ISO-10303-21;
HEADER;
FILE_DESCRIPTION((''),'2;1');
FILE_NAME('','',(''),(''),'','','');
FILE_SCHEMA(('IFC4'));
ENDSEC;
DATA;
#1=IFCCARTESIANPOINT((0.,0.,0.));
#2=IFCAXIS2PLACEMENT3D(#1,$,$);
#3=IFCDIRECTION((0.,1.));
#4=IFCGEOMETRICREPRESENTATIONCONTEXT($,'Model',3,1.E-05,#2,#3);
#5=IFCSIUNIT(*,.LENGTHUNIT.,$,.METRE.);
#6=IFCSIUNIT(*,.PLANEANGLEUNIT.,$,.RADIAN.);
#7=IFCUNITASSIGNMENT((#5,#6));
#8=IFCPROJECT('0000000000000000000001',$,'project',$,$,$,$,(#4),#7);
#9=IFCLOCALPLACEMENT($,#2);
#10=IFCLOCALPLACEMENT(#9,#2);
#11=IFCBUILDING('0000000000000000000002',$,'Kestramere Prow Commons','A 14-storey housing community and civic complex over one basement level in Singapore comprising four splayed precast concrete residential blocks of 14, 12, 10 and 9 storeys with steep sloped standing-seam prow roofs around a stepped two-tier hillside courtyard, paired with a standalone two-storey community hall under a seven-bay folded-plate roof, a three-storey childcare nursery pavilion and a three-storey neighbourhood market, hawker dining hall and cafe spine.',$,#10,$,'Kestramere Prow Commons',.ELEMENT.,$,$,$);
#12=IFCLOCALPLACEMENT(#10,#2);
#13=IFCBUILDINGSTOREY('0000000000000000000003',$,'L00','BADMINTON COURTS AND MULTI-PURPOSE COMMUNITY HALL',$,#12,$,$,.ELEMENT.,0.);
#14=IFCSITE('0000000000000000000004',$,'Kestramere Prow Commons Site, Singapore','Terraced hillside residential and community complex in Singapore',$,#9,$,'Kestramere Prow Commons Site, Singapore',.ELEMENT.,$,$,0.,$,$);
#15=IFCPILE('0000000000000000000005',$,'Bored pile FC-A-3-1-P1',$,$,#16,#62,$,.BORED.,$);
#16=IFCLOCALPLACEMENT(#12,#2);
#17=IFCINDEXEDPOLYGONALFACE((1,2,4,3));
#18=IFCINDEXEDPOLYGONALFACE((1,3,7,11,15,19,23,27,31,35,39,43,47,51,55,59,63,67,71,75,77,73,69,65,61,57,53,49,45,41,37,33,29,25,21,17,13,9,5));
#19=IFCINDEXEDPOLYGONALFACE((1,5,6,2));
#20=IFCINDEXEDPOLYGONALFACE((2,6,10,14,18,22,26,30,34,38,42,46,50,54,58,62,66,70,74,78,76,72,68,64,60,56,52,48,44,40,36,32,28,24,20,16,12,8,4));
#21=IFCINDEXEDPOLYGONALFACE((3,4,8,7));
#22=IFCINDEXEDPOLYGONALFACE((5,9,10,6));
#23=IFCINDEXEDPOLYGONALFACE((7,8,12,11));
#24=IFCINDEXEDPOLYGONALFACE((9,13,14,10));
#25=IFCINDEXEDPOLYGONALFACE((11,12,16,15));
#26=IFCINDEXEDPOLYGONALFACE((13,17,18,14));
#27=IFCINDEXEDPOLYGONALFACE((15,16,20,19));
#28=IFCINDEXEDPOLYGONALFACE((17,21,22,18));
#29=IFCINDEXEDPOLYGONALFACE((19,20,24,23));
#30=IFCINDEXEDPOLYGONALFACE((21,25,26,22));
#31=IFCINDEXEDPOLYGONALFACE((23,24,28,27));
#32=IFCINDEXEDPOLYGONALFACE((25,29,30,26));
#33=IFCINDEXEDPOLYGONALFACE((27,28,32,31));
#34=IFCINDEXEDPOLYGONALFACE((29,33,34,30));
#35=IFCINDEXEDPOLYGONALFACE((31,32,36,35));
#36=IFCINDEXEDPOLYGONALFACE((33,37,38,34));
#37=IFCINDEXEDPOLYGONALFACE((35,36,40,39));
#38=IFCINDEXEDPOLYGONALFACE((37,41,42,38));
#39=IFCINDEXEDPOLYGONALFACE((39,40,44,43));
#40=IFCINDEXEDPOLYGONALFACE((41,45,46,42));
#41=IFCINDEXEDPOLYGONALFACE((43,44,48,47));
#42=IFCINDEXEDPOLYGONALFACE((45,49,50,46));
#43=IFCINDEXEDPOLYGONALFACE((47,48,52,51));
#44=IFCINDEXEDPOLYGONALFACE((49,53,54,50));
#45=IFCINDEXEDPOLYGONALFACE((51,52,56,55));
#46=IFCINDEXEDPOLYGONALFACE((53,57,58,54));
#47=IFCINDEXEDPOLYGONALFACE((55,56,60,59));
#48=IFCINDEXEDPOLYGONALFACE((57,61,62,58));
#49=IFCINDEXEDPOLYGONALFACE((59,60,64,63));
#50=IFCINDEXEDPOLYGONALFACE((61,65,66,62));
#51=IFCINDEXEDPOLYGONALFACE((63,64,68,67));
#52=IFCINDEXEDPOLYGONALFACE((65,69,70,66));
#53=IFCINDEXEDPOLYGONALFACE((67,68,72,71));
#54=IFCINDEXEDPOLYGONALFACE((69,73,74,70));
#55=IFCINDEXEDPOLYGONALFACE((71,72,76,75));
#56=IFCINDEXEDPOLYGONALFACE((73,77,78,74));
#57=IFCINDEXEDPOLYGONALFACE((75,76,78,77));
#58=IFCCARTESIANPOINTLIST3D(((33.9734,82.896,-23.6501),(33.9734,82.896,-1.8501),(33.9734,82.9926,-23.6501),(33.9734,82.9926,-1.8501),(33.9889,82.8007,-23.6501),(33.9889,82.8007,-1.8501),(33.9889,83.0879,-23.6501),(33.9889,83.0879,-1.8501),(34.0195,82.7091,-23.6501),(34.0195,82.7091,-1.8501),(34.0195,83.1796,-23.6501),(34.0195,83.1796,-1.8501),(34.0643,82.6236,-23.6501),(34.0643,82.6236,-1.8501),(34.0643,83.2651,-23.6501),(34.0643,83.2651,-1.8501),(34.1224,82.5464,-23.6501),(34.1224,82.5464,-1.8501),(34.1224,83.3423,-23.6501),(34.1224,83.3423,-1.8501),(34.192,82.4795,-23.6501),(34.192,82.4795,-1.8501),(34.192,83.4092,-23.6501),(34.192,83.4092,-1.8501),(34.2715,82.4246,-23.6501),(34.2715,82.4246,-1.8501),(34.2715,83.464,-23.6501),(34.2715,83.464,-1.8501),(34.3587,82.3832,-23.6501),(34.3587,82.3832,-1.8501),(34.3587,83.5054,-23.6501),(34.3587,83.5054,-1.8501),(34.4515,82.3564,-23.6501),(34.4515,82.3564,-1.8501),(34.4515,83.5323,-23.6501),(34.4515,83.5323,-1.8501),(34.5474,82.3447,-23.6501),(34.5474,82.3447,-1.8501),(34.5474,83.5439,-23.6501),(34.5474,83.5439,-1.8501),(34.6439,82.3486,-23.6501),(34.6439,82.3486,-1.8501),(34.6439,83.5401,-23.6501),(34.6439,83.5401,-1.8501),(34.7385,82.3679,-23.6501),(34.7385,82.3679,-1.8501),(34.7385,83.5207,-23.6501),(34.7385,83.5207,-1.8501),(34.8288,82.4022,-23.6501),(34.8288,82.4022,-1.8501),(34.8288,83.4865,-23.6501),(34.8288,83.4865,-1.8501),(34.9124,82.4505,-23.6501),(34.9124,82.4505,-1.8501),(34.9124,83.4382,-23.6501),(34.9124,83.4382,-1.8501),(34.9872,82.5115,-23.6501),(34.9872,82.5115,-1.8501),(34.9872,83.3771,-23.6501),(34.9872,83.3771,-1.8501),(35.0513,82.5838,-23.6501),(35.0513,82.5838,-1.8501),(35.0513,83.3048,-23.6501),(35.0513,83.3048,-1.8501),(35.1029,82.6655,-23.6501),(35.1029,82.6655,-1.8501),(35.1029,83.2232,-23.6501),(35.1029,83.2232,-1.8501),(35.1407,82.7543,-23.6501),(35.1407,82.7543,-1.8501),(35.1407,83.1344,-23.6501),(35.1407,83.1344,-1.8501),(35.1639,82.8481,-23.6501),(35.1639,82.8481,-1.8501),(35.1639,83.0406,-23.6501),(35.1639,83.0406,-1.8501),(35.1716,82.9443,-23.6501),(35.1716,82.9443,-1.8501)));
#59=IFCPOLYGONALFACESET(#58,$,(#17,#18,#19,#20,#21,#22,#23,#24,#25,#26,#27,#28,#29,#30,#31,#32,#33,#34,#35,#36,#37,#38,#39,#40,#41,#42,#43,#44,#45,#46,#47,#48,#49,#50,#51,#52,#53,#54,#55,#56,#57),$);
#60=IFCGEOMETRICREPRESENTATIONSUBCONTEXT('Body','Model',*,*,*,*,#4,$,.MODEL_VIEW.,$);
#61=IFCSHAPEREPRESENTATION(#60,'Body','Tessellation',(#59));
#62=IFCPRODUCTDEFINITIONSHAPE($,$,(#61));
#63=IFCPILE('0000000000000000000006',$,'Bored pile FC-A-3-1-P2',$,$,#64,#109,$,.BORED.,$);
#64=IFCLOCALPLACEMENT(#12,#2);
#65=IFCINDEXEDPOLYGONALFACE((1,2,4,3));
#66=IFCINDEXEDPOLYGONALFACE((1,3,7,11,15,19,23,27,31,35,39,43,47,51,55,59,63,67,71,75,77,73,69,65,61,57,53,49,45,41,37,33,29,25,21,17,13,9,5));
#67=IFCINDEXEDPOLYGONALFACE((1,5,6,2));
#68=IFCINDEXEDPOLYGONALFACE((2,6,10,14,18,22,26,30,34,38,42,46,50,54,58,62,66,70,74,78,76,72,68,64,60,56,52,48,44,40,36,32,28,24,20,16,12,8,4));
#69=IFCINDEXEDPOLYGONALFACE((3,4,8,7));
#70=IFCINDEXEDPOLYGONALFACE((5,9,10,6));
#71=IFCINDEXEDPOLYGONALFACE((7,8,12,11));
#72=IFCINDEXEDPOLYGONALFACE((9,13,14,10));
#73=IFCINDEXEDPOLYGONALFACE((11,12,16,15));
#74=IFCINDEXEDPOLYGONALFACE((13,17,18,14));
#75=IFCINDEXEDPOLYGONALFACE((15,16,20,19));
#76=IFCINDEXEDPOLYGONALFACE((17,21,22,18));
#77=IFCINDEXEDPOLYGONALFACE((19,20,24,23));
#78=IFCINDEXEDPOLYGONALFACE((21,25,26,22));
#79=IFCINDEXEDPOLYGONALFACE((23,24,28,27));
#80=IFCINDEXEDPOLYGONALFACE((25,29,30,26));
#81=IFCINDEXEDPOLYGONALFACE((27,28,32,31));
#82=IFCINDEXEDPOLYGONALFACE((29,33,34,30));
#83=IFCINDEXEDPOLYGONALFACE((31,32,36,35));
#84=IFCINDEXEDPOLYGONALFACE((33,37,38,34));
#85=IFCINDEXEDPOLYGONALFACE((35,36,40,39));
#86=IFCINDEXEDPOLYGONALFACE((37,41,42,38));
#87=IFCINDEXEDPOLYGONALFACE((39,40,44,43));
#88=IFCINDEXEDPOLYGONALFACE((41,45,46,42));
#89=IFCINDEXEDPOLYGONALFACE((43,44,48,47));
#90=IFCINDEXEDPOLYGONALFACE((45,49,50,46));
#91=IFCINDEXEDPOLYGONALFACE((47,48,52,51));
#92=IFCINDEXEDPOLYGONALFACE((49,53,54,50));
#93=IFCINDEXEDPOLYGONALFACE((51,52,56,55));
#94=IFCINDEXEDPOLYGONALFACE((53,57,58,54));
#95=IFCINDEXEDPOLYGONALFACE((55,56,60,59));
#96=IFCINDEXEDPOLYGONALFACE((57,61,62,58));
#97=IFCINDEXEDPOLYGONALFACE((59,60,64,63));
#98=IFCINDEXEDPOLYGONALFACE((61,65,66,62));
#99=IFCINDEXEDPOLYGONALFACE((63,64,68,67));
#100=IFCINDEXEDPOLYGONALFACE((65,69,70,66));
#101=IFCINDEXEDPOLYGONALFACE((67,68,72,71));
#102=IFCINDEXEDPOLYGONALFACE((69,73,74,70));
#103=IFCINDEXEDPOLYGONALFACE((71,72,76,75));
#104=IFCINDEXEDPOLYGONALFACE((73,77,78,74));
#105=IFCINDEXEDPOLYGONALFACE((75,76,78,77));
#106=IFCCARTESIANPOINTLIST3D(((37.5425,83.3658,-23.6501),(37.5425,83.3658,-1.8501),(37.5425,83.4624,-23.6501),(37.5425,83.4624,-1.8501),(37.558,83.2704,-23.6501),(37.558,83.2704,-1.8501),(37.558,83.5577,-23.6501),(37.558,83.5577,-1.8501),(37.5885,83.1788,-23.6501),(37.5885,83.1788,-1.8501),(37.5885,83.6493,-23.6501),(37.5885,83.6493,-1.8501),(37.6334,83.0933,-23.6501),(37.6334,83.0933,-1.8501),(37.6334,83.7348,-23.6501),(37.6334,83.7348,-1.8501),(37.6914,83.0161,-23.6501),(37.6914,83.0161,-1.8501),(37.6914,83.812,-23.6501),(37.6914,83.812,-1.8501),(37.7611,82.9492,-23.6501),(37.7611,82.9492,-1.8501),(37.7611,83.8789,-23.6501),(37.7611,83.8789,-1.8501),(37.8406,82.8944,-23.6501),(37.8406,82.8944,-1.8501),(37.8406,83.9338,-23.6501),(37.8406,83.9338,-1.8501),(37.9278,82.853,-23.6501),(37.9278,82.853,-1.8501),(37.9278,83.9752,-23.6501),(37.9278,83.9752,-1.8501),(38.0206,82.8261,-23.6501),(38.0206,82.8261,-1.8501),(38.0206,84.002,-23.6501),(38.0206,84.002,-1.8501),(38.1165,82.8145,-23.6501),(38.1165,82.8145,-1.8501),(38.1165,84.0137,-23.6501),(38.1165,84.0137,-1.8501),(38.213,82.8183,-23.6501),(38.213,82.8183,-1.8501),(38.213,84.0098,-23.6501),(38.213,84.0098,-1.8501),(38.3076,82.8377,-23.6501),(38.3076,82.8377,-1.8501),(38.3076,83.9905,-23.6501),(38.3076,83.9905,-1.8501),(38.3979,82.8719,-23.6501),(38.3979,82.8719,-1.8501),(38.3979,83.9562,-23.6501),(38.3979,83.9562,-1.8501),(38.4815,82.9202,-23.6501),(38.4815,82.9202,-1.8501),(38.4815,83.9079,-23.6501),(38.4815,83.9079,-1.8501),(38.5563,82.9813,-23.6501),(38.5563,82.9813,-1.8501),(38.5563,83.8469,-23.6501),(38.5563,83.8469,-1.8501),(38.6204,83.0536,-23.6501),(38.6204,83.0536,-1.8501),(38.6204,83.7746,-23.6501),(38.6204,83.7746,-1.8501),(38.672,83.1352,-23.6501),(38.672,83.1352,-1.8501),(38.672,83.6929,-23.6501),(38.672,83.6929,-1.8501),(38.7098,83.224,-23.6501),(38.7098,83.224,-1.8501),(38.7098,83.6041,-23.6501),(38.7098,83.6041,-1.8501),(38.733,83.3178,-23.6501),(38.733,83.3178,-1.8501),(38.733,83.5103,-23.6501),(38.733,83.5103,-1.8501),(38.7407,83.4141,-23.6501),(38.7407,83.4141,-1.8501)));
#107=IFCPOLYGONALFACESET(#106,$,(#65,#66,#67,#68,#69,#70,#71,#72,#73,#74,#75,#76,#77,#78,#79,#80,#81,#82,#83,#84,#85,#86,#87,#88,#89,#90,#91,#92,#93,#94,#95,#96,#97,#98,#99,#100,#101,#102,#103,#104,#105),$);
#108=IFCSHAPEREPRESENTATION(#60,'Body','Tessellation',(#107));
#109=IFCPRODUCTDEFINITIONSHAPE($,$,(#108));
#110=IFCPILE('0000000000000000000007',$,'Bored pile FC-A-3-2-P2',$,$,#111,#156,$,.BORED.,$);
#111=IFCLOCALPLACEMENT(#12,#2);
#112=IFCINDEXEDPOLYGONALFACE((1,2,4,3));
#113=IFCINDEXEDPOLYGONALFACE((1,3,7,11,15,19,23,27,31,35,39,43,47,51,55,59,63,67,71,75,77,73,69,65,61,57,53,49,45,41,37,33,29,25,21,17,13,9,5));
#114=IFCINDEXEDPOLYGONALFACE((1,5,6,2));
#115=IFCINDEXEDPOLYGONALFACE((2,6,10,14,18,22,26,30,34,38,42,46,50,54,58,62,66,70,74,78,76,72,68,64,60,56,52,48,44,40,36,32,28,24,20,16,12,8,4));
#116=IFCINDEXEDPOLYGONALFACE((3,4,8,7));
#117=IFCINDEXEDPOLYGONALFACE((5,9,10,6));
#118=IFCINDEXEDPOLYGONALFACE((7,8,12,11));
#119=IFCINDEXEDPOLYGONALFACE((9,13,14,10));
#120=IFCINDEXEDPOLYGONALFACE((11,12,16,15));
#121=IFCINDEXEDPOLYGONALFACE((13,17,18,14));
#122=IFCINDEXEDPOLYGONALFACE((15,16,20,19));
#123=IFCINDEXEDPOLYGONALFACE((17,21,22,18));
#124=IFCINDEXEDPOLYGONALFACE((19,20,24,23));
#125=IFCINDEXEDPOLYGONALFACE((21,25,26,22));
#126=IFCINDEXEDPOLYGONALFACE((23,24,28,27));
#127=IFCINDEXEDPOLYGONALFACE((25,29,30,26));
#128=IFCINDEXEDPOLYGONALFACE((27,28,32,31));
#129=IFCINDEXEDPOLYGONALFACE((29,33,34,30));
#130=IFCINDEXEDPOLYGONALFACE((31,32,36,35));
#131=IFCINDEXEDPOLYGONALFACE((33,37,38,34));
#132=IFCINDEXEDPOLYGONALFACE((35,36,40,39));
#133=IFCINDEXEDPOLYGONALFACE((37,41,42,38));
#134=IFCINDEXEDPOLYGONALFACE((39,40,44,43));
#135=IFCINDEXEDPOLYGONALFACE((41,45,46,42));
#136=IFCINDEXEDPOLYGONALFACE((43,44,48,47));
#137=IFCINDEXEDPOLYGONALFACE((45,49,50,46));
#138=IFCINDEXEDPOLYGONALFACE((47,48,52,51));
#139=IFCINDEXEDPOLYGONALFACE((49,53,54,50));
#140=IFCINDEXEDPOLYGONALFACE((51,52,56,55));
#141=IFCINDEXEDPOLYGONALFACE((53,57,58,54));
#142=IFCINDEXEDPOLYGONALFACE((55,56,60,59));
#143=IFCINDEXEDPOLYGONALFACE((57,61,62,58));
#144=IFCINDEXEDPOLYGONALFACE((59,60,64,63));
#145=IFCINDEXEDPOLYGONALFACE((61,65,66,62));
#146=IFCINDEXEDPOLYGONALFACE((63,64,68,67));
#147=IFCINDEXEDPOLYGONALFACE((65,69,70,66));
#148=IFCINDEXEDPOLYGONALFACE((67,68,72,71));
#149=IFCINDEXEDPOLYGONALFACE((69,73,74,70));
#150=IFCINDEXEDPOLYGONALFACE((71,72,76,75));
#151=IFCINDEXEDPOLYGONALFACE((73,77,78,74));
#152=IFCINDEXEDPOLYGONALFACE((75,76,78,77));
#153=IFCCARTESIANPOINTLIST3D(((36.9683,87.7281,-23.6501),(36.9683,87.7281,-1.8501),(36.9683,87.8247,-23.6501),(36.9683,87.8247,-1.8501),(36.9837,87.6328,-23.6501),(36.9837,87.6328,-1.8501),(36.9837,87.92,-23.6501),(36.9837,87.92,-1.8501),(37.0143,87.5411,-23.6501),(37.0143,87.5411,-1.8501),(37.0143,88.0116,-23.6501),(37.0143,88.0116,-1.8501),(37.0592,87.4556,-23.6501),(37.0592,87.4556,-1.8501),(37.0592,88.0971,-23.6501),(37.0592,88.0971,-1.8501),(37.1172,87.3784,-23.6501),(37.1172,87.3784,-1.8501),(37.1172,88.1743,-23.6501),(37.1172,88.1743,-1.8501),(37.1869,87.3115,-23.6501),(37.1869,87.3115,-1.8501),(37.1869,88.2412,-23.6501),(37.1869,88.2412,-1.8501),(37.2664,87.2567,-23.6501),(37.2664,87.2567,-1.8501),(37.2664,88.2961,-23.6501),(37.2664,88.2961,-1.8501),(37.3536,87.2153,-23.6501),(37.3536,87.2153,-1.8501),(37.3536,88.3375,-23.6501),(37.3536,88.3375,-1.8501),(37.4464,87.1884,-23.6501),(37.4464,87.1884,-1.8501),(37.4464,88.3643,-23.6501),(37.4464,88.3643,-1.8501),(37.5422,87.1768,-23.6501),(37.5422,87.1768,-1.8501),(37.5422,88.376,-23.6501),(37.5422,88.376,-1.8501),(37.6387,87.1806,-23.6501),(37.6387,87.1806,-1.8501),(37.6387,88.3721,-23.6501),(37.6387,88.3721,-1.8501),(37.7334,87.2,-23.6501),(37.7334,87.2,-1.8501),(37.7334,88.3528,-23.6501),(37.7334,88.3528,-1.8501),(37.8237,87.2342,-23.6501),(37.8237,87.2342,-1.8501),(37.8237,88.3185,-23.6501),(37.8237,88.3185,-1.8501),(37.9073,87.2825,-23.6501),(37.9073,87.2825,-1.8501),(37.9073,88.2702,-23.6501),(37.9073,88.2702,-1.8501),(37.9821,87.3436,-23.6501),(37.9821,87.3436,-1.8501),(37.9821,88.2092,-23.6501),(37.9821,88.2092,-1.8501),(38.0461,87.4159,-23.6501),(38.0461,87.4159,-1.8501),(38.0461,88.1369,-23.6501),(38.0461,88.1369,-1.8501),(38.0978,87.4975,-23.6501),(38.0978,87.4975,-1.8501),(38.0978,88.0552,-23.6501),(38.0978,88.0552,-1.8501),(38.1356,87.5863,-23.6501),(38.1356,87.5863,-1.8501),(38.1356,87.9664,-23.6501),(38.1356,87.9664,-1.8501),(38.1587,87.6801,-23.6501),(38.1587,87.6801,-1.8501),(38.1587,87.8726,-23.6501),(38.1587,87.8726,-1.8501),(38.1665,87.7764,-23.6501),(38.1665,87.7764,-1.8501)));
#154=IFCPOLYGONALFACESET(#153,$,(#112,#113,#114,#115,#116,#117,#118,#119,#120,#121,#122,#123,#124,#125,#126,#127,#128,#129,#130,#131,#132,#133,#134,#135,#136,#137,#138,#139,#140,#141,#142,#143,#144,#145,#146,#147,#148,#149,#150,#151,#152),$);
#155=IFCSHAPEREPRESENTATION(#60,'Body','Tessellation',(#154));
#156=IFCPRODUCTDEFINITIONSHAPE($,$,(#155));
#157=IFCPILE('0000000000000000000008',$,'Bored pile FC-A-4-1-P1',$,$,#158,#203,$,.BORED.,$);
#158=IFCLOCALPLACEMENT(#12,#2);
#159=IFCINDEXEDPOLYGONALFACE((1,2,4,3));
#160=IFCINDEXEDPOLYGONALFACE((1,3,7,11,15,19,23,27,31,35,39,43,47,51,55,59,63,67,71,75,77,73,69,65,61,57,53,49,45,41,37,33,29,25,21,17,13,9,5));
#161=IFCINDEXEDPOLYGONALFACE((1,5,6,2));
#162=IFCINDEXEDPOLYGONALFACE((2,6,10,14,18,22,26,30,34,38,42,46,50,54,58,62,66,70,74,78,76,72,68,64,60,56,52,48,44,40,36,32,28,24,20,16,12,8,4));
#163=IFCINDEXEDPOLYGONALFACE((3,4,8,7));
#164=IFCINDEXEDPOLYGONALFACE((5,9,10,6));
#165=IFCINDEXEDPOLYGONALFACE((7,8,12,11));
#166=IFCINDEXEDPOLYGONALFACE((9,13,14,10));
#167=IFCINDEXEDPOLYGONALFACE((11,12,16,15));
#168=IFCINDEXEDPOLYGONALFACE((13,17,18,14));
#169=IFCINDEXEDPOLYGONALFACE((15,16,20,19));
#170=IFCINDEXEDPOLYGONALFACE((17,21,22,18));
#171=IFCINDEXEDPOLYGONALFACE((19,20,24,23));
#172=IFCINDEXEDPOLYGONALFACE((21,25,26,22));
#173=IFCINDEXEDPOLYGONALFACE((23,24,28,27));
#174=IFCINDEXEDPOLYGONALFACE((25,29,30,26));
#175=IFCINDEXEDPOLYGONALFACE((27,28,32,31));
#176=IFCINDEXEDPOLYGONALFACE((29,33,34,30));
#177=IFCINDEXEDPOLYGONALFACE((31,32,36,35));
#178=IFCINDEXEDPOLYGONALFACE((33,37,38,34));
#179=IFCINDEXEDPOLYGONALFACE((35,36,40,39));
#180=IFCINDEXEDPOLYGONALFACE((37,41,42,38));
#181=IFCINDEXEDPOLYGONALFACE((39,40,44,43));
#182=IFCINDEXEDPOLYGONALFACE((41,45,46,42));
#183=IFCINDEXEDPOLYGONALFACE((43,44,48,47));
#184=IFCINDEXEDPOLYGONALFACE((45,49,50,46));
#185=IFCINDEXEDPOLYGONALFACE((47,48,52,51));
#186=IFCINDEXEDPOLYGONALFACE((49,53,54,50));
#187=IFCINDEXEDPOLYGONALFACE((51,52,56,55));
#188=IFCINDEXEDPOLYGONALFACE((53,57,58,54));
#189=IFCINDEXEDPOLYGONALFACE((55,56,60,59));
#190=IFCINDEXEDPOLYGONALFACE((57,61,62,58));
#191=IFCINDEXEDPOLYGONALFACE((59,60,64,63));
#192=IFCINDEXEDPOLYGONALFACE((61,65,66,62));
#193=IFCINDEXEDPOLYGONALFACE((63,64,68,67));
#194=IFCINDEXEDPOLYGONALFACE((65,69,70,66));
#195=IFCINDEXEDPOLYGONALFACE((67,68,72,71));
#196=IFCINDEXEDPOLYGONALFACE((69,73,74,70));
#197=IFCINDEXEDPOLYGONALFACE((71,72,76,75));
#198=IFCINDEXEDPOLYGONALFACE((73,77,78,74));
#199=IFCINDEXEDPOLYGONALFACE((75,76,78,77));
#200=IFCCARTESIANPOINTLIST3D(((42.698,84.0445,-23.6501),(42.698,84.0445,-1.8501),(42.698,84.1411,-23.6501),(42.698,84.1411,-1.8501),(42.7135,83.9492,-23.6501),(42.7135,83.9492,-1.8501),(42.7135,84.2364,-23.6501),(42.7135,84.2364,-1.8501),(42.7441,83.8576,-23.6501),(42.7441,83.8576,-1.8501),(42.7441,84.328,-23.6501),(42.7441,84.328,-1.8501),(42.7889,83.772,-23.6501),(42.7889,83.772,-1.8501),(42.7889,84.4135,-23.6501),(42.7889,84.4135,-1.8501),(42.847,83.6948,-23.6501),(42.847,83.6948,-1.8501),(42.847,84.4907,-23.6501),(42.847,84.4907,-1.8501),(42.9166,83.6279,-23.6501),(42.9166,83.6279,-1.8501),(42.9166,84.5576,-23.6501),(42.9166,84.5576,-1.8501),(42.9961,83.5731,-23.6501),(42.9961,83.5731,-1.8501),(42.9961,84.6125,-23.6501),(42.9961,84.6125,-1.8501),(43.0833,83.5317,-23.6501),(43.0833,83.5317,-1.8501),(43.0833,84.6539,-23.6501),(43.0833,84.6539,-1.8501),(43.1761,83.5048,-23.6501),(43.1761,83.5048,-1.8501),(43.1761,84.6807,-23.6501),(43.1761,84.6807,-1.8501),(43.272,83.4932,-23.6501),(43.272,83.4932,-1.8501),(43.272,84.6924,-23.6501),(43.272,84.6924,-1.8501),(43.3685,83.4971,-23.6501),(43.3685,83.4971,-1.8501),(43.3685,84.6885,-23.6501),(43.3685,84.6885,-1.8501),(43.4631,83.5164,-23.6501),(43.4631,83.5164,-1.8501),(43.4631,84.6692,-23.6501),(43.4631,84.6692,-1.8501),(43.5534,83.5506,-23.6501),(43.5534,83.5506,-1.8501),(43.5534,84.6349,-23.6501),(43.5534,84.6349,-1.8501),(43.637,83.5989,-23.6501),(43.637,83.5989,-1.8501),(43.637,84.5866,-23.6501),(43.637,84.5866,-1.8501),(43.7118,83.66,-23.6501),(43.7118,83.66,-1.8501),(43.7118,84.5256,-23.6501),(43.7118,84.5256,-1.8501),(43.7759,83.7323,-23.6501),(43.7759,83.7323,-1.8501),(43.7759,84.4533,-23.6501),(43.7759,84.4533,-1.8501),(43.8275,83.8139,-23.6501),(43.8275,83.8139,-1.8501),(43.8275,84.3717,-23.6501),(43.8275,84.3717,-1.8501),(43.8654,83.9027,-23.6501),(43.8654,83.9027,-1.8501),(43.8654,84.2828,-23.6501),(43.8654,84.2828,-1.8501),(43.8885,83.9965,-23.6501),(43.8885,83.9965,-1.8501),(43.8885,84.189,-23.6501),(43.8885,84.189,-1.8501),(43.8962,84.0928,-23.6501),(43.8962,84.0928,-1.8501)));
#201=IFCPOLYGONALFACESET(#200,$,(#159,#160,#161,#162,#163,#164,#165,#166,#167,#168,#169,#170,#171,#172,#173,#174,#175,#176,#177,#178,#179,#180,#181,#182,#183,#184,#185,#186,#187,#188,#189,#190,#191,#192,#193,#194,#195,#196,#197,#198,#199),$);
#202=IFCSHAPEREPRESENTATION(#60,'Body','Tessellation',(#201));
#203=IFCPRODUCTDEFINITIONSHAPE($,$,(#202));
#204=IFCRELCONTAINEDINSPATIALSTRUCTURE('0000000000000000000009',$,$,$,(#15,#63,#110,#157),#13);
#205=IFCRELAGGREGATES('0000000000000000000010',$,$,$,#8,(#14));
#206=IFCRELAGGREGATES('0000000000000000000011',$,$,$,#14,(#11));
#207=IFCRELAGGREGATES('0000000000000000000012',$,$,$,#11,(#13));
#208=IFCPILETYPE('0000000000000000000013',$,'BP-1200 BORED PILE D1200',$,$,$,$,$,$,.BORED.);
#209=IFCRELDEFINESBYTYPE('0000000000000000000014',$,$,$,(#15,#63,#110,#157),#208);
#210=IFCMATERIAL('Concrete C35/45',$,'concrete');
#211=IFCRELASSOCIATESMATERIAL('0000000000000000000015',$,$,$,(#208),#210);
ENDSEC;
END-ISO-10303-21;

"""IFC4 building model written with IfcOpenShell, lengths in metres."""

from ifc_helpers import new_model, si_unit, direction, frame, origin, origin_2d, place, context, subcontext, project, spatial, circle, extrude, material, material_profile, profile_set, type_object, element, save


model = new_model("IFC4")

# Units and contexts
model_context = context("Model", 3, precision=1e-05, world=origin(), true_north=direction((0.0, 1.0)))
body_context = subcontext(model_context, "Body", "Model", "MODEL_VIEW")
ifc_project = project(units=[si_unit("LENGTHUNIT", "METRE"), si_unit("PLANEANGLEUNIT", "RADIAN")], contexts=[model_context])

# Site, building, storey
site_placement = place(None, origin())
site = spatial("IfcSite", under=ifc_project, at=site_placement, Name="Kestramere Prow Commons Site, Singapore", Description="Terraced hillside residential and community complex in Singapore", LongName="Kestramere Prow Commons Site, Singapore", CompositionType="ELEMENT", RefElevation=0.0)
building_placement = place(site_placement, origin())
building = spatial("IfcBuilding", under=site, at=building_placement, Name="Kestramere Prow Commons", Description="A 14-storey housing community and civic complex over one basement level in Singapore comprising four splayed precast concrete residential blocks of 14, 12, 10 and 9 storeys with steep sloped standing-seam prow roofs around a stepped two-tier hillside courtyard, paired with a standalone two-storey community hall under a seven-bay folded-plate roof, a three-storey childcare nursery pavilion and a three-storey neighbourhood market, hawker dining hall and cafe spine.", LongName="Kestramere Prow Commons", CompositionType="ELEMENT")
storey_placement = place(building_placement, origin())
storey = spatial("IfcBuildingStorey", under=building, at=storey_placement, Name="L00", Description="BADMINTON COURTS AND MULTI-PURPOSE COMMUNITY HALL", CompositionType="ELEMENT", Elevation=0.0)

# Piles
ifc_material_1 = material(Name="Concrete C35/45", Category="concrete")
ifc_material_profile_1 = material_profile(ifc_material_1, circle(Radius=0.6001, at=origin_2d()), Name="BORED PILE D1200")
ifc_profile_set_1 = profile_set([ifc_material_profile_1], Name="Concrete C35/45")
pile_type = type_object("IfcPileType", Name="BP-1200 BORED PILE D1200", PredefinedType="BORED", material=ifc_profile_set_1)
for number, where, z_axis, x_axis, name in (
    (1, (34.5715, 82.9443, -1.8501), (0.0, 0.0, -1.0), (1.0, 0.0, 0.0), "Bored pile FC-A-3-1-P1"),
    (2, (38.1406, 83.4141, -1.8501), (0.0, 0.0, -1.0), (1.0, 0.0, 0.0), "Bored pile FC-A-3-1-P2"),
    (3, (37.5664, 87.7764, -1.8501), (0.0, 0.0, -1.0), (1.0, 0.0, 0.0), "Bored pile FC-A-3-2-P2"),
    (4, (43.2961, 84.0928, -1.8501), (0.0, 0.0, -1.0), (1.0, 0.0, 0.0), "Bored pile FC-A-4-1-P1"),
):
    element("IfcPile", number, at=place(storey_placement, frame(where, z_axis=z_axis, x_axis=x_axis)), inside=storey, type_object=pile_type, Name=name, PredefinedType="BORED", context=body_context, shape_type="SweptSolid", body=[
        extrude(circle(Radius=0.6001, at=origin_2d()), origin(), (0.0, 0.0, 1.0), 21.8),
    ])

save(model, "model.ifc")
